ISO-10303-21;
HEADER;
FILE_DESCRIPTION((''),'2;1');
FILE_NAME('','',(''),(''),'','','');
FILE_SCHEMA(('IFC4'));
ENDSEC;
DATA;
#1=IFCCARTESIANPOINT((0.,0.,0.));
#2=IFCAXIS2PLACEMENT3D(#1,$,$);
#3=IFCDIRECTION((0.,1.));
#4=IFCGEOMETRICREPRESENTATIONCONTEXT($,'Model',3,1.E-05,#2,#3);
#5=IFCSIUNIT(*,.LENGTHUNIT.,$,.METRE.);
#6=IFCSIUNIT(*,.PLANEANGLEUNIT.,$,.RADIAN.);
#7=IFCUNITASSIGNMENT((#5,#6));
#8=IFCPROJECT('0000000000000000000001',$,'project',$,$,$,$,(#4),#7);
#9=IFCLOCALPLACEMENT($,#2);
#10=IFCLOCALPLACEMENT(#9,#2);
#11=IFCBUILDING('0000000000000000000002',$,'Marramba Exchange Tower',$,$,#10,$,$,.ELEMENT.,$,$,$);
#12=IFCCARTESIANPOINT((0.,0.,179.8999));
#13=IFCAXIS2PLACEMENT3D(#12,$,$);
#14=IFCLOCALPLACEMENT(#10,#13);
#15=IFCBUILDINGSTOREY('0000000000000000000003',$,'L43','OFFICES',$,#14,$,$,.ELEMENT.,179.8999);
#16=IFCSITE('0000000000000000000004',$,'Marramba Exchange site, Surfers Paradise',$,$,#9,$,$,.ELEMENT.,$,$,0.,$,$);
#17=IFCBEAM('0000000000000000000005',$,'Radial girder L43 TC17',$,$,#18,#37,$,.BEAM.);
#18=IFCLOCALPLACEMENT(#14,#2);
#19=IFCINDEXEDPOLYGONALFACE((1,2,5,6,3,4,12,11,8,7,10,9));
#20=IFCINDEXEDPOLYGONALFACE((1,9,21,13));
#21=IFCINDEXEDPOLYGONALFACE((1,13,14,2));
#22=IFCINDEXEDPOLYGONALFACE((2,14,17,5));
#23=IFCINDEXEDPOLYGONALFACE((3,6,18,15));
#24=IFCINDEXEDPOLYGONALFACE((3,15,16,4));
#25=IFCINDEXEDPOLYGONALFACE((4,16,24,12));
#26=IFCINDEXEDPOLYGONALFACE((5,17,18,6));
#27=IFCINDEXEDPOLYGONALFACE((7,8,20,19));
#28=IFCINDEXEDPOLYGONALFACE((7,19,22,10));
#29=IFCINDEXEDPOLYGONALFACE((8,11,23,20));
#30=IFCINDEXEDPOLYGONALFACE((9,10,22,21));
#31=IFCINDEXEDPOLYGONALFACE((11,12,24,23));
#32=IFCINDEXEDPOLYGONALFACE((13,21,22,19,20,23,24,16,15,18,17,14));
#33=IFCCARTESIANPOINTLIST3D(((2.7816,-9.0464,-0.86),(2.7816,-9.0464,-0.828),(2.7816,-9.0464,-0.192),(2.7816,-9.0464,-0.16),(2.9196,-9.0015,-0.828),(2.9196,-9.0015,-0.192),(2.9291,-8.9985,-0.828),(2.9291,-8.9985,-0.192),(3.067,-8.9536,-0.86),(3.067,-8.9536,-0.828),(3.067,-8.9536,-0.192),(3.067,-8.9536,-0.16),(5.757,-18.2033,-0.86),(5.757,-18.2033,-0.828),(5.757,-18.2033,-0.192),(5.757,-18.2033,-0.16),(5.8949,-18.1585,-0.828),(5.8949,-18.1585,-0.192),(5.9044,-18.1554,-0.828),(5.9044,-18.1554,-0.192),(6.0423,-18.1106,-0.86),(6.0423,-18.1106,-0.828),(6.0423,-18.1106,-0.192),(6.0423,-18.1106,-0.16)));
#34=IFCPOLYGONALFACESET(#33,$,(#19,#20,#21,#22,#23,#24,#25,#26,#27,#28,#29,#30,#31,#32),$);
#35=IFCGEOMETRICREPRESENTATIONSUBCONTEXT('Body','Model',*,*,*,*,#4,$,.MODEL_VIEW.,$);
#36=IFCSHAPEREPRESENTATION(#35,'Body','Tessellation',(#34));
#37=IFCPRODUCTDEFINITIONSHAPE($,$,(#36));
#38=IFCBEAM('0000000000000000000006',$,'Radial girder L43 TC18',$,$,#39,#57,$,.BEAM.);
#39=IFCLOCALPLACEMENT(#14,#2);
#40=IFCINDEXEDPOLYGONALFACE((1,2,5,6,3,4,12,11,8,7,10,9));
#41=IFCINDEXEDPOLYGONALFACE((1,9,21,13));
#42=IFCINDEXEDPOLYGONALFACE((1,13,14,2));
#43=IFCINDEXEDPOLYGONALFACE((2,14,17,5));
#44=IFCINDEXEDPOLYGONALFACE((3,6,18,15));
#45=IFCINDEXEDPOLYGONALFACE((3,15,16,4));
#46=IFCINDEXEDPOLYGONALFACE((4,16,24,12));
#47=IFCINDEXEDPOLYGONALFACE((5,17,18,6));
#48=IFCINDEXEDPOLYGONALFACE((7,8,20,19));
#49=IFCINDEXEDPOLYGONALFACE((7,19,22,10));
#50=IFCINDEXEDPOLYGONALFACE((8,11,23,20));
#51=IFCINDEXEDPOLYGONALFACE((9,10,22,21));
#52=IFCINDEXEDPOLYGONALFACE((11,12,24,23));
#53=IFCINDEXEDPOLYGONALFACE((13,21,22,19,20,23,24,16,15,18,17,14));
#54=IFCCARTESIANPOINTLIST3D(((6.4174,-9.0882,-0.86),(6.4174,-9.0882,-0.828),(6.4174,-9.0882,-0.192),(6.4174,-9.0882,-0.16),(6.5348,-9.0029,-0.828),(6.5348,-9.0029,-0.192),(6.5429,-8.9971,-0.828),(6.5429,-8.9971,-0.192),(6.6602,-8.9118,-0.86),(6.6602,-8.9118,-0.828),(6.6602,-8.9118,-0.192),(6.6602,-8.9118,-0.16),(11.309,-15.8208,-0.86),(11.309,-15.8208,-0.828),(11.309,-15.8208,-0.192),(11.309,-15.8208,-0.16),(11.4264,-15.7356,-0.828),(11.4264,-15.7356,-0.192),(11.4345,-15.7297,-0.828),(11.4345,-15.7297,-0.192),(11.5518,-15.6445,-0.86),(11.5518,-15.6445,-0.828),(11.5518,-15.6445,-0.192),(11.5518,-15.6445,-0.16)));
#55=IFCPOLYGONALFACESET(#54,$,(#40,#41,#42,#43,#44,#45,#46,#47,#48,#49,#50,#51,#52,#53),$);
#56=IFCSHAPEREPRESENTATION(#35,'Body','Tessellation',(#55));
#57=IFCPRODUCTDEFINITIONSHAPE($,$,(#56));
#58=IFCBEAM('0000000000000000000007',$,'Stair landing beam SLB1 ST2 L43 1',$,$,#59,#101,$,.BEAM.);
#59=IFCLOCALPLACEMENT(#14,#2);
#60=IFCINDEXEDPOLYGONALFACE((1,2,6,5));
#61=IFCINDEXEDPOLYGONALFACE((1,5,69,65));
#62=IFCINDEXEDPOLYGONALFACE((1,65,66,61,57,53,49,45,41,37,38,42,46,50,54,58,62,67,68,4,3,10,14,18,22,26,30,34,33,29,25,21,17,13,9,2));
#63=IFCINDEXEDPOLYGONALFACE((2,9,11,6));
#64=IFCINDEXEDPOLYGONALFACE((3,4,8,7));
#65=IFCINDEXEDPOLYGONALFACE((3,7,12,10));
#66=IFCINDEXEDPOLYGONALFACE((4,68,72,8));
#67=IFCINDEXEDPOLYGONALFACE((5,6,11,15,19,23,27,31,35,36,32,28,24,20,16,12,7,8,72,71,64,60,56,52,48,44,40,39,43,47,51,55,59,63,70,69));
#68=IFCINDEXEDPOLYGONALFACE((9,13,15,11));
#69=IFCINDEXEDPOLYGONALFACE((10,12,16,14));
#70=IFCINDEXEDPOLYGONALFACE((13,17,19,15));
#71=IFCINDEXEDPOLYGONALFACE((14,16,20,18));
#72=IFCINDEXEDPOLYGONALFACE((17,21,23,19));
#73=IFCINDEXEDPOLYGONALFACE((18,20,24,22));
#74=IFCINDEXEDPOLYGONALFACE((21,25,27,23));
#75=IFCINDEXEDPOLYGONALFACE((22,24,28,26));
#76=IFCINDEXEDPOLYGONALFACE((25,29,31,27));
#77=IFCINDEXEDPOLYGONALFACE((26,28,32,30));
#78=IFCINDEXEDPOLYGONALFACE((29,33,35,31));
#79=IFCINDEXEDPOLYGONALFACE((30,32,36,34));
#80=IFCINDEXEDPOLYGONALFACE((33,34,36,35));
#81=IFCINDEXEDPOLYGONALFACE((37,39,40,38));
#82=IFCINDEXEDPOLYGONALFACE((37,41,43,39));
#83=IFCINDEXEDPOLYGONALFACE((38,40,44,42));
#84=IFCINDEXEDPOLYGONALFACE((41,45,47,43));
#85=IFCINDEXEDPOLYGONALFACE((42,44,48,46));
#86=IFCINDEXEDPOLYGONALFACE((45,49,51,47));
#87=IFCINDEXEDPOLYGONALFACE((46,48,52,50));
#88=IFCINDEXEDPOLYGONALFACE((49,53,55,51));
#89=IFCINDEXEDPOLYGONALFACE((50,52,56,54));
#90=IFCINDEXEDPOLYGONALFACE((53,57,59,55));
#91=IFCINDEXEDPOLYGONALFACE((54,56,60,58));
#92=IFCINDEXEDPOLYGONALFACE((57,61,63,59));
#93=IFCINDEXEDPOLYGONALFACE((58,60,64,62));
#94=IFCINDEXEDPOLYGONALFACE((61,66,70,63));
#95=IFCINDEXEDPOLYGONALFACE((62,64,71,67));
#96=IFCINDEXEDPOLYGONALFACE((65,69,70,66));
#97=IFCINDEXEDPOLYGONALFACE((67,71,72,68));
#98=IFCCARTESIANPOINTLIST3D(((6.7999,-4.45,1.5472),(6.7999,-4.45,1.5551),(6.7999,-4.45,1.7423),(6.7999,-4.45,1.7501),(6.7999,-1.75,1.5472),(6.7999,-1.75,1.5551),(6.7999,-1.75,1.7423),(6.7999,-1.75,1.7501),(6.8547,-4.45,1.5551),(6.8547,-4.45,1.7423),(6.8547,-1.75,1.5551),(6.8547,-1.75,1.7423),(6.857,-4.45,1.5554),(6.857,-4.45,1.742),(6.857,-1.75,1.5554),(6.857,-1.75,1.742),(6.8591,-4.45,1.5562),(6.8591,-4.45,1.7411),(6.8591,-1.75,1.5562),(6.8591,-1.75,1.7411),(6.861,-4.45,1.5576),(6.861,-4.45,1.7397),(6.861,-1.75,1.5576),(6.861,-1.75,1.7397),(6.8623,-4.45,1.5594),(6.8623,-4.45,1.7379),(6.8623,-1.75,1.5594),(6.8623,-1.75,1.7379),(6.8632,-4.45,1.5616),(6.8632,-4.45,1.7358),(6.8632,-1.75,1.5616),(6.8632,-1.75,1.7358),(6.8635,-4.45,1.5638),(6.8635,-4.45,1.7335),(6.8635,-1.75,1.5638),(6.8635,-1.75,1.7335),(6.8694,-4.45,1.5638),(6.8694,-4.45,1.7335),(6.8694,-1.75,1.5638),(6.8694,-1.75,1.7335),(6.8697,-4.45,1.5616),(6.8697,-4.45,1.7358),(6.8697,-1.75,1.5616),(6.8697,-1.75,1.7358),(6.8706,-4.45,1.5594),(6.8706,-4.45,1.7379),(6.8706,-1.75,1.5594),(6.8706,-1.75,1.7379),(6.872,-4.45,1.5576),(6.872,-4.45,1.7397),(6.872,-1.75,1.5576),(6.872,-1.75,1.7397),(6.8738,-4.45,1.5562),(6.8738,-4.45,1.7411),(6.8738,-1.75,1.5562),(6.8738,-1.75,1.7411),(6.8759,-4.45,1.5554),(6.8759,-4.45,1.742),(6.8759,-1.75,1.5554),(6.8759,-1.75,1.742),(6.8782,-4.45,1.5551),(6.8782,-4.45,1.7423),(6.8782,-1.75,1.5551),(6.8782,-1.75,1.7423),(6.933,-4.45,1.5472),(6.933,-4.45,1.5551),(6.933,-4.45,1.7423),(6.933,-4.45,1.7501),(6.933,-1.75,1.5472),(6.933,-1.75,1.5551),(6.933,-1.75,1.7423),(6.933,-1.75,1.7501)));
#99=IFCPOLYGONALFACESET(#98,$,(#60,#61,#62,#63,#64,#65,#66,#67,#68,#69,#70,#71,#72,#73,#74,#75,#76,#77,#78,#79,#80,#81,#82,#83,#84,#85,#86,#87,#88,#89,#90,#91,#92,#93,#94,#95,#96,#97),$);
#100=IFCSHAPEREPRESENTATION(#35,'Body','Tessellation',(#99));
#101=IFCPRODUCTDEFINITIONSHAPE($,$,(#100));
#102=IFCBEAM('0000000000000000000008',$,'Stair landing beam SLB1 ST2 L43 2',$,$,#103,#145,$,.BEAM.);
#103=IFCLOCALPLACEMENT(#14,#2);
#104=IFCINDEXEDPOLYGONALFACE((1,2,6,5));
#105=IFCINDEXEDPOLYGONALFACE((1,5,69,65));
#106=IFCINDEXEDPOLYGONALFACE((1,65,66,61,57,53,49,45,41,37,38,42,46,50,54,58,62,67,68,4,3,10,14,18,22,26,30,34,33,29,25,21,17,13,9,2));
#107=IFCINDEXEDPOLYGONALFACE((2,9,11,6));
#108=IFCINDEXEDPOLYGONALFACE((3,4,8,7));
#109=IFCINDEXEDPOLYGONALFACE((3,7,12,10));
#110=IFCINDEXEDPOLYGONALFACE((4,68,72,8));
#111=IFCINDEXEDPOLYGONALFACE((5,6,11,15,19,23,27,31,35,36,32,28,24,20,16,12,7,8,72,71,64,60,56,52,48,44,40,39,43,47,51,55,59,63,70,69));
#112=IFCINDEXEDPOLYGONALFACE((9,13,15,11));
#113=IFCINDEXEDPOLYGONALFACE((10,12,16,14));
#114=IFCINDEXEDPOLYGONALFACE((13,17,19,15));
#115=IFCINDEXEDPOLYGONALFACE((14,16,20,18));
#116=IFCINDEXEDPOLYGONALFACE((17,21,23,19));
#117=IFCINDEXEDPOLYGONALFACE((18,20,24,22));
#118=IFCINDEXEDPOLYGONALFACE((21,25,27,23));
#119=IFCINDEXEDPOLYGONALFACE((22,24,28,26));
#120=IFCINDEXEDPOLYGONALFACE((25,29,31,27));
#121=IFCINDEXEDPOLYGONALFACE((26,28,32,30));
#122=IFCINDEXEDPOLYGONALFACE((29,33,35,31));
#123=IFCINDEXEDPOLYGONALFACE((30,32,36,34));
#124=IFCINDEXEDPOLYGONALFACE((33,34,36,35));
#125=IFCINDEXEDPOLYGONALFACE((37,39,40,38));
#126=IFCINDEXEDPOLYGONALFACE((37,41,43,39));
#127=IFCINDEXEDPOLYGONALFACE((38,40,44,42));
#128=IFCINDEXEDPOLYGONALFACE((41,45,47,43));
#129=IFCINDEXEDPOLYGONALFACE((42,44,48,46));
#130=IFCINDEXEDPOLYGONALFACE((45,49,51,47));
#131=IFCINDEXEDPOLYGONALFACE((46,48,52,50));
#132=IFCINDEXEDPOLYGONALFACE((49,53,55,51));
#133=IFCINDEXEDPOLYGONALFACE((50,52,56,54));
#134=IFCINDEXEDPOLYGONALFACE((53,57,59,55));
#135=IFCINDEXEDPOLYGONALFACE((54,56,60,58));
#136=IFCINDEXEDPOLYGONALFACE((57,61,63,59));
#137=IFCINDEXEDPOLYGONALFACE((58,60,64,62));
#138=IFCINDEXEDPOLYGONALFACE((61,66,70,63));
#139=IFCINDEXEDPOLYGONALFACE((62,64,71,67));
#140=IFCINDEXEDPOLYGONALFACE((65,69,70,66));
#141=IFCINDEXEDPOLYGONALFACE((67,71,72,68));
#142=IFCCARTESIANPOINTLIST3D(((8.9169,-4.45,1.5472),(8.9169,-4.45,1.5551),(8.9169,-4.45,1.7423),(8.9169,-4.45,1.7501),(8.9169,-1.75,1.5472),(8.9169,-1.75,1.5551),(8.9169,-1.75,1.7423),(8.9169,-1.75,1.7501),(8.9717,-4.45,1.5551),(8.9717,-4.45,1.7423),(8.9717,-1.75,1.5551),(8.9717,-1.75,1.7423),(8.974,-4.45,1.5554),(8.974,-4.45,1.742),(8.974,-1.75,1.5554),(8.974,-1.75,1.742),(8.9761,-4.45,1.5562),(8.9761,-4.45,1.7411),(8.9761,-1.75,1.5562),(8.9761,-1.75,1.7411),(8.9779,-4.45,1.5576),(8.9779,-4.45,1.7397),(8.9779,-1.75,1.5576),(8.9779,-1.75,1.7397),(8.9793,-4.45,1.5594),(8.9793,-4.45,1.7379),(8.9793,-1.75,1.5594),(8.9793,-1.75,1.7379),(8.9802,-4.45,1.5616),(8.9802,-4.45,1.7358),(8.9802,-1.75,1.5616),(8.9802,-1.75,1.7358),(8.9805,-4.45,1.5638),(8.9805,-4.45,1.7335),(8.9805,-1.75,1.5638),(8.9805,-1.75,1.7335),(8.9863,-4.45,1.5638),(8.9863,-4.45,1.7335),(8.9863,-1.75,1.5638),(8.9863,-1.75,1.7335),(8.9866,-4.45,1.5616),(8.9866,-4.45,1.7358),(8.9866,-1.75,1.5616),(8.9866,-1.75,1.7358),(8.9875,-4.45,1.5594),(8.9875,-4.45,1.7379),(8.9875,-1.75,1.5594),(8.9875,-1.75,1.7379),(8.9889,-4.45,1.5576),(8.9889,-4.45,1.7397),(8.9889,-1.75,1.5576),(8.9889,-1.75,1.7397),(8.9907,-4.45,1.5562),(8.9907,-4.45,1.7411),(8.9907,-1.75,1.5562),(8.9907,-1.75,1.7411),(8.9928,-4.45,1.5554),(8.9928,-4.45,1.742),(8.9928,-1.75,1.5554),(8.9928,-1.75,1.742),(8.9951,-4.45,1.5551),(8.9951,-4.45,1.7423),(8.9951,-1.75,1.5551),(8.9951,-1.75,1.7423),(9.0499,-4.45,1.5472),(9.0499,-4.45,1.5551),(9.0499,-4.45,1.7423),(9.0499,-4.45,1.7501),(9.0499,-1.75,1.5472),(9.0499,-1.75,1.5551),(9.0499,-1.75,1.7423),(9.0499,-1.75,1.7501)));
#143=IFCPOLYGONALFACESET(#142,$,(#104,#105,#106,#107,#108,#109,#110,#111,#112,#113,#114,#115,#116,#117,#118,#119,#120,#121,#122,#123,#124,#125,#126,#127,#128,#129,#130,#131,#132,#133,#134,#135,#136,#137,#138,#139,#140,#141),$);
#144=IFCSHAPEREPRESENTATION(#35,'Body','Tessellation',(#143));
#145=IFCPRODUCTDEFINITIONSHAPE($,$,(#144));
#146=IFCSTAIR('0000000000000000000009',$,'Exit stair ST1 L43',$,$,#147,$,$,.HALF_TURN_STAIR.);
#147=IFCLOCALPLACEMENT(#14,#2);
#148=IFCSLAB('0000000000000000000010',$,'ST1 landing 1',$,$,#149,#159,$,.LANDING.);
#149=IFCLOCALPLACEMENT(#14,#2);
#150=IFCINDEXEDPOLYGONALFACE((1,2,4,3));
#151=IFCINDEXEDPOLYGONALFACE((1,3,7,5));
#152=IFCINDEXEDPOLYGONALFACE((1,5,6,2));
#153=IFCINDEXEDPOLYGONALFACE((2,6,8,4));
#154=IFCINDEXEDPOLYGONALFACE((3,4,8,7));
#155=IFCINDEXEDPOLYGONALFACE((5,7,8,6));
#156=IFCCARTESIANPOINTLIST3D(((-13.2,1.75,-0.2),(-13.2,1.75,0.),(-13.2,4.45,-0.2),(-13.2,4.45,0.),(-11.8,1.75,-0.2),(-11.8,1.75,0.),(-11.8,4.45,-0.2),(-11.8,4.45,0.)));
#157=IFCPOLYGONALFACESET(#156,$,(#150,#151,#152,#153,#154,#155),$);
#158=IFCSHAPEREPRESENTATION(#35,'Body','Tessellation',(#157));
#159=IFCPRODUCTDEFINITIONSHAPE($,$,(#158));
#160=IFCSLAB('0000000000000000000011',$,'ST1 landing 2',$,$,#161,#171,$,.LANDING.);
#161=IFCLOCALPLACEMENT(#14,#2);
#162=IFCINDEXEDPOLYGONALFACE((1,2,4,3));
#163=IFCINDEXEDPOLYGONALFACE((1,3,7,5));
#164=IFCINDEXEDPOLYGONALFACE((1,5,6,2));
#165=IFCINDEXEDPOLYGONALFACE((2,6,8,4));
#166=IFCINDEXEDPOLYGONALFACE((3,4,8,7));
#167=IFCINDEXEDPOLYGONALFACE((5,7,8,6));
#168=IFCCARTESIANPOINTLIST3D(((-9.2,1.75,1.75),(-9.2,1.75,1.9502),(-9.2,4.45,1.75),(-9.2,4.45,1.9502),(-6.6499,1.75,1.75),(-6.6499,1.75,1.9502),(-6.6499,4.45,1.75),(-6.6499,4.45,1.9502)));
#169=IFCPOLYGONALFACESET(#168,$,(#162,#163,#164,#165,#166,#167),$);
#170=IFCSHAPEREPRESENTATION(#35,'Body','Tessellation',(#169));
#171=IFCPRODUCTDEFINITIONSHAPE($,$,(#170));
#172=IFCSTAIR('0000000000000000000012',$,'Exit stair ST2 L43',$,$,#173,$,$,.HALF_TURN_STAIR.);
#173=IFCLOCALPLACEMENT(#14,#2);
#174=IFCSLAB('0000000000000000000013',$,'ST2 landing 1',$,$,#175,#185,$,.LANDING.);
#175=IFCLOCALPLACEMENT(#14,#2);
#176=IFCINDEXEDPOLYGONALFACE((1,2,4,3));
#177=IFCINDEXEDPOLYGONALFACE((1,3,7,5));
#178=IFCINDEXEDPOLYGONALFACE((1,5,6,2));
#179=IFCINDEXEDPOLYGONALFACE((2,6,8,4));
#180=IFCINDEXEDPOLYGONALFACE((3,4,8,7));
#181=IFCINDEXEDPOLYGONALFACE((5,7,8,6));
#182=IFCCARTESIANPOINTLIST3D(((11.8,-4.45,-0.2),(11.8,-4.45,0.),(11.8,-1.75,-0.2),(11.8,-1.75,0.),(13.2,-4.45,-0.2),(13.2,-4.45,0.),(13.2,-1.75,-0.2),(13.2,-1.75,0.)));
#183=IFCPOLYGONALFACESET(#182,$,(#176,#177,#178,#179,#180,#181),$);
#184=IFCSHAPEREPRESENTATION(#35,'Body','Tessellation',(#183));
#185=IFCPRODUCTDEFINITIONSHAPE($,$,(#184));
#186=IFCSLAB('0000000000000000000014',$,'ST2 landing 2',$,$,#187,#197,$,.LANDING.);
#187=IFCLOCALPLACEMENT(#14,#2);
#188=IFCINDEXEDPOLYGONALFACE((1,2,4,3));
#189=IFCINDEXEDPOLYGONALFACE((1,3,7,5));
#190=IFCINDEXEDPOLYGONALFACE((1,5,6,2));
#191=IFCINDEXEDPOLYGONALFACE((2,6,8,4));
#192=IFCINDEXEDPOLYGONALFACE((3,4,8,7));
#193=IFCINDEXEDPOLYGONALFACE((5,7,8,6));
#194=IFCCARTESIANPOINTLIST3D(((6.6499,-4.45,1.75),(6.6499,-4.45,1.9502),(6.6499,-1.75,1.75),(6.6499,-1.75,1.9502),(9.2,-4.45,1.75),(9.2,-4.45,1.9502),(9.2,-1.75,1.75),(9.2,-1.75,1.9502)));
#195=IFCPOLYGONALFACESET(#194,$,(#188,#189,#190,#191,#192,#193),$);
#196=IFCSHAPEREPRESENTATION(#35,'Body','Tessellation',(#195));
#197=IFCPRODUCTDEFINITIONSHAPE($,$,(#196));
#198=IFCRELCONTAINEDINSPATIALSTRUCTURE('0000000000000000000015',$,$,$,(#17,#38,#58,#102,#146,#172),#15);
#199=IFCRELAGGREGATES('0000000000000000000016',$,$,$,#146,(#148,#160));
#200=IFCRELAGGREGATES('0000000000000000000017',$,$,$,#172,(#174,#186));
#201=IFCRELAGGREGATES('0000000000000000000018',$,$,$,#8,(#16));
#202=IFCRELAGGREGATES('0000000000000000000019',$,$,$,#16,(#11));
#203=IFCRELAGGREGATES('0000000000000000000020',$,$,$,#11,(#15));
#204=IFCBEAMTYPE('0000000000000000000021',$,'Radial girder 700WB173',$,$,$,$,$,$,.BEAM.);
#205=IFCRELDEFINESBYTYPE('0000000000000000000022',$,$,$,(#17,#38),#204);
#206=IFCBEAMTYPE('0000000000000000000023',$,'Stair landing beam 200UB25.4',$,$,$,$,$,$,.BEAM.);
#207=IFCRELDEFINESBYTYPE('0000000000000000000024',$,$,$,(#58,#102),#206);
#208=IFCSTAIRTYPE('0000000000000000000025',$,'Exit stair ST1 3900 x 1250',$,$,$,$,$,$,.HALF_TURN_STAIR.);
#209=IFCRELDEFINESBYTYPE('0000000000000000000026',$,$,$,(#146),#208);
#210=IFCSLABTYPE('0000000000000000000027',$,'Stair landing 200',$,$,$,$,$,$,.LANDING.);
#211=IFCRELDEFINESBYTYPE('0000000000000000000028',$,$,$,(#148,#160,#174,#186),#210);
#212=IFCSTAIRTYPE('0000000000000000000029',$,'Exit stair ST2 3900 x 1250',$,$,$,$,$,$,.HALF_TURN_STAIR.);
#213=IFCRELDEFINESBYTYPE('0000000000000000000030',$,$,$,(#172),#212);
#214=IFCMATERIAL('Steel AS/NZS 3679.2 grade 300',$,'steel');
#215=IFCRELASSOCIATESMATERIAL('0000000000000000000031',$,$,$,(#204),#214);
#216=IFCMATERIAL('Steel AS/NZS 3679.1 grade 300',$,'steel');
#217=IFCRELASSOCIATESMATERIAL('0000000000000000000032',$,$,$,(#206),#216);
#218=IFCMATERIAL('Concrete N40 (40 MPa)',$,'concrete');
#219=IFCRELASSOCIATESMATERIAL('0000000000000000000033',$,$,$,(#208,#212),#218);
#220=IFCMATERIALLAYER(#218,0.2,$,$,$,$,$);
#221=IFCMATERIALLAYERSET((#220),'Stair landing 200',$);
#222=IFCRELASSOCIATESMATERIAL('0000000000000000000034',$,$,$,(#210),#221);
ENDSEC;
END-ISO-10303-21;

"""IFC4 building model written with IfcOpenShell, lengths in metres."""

from ifc_helpers import new_model, si_unit, direction, frame, origin, origin_2d, place, context, subcontext, project, spatial, polyline, i_section, outline, extrude, material, layer, layer_set, material_profile, profile_set, type_object, element, aggregate, save


model = new_model("IFC4")

# Units and contexts
model_context = context("Model", 3, precision=1e-05, world=origin(), true_north=direction((0.0, 1.0)))
body_context = subcontext(model_context, "Body", "Model", "MODEL_VIEW")
ifc_project = project(units=[si_unit("LENGTHUNIT", "METRE"), si_unit("PLANEANGLEUNIT", "RADIAN")], contexts=[model_context])

# Site, building, storey
site_placement = place(None, origin())
site = spatial("IfcSite", under=ifc_project, at=site_placement, Name="Marramba Exchange site, Surfers Paradise", CompositionType="ELEMENT", RefElevation=0.0)
building_placement = place(site_placement, origin())
building = spatial("IfcBuilding", under=site, at=building_placement, Name="Marramba Exchange Tower", CompositionType="ELEMENT")
storey_placement = place(building_placement, frame((0.0, 0.0, 179.8999)))
storey = spatial("IfcBuildingStorey", under=building, at=storey_placement, Name="L43", Description="OFFICES", CompositionType="ELEMENT", Elevation=179.8999)

# Beams
ifc_material_1 = material(Name="Steel AS/NZS 3679.2 grade 300", Category="steel")
ifc_material_profile_1 = material_profile(ifc_material_1, i_section(OverallWidth=0.3, OverallDepth=0.7, WebThickness=0.01, FlangeThickness=0.032, at=origin_2d()), Name="700WB173")
ifc_profile_set_1 = profile_set([ifc_material_profile_1], Name="Steel AS/NZS 3679.2 grade 300")
beam_type_1 = type_object("IfcBeamType", Name="Radial girder 700WB173", PredefinedType="BEAM", material=ifc_profile_set_1)
beam_1_placement = place(storey_placement, frame((2.9243, -9.0, -0.51), z_axis=(0.309022, -0.951055, 0.0), x_axis=(0.951055, 0.309022, 0.0)))
element("IfcBeam", 1, at=beam_1_placement, inside=storey, type_object=beam_type_1, Name="Radial girder L43 TC17", PredefinedType="BEAM", context=body_context, shape_type="SweptSolid", body=[
    extrude(i_section(OverallWidth=0.3, OverallDepth=0.7, WebThickness=0.01, FlangeThickness=0.032, at=origin_2d()), origin(), (0.0, 0.0, 1.0), 9.6282),
])
beam_2_placement = place(storey_placement, frame((6.5388, -9.0, -0.51), z_axis=(0.587788, -0.809015, 0.0), x_axis=(0.809015, 0.587788, 0.0)))
element("IfcBeam", 2, at=beam_2_placement, inside=storey, type_object=beam_type_1, Name="Radial girder L43 TC18", PredefinedType="BEAM", context=body_context, shape_type="SweptSolid", body=[
    extrude(i_section(OverallWidth=0.3, OverallDepth=0.7, WebThickness=0.01, FlangeThickness=0.032, at=origin_2d()), origin(), (0.0, 0.0, 1.0), 8.322),
])
ifc_material_2 = material(Name="Steel AS/NZS 3679.1 grade 300", Category="steel")
ifc_material_profile_2 = material_profile(ifc_material_2, i_section(OverallWidth=0.1331, OverallDepth=0.2029, WebThickness=0.0059, FlangeThickness=0.0078, FilletRadius=0.0088, at=origin_2d()), Name="200UB25.4")
ifc_profile_set_2 = profile_set([ifc_material_profile_2], Name="Steel AS/NZS 3679.1 grade 300")
beam_type_2 = type_object("IfcBeamType", Name="Stair landing beam 200UB25.4", PredefinedType="BEAM", material=ifc_profile_set_2)
for number, where, z_axis, x_axis, name in (
    (3, (6.8665, -4.45, 1.6487), (0.0, 1.0, 0.0), (-1.0, 0.0, 0.0), "Stair landing beam SLB1 ST2 L43 1"),
    (4, (8.9834, -4.45, 1.6487), (0.0, 1.0, 0.0), (-1.0, 0.0, 0.0), "Stair landing beam SLB1 ST2 L43 2"),
):
    element("IfcBeam", number, at=place(storey_placement, frame(where, z_axis=z_axis, x_axis=x_axis)), inside=storey, type_object=beam_type_2, Name=name, PredefinedType="BEAM", context=body_context, shape_type="SweptSolid", body=[
        extrude(i_section(OverallWidth=0.1331, OverallDepth=0.2029, WebThickness=0.0059, FlangeThickness=0.0078, FilletRadius=0.0088, at=origin_2d()), origin(), (0.0, 0.0, 1.0), 2.7),
    ])

# Stairs, slabs
ifc_material_3 = material(Name="Concrete N40 (40 MPa)", Category="concrete")
stair_type_1 = type_object("IfcStairType", Name="Exit stair ST1 3900 x 1250", PredefinedType="HALF_TURN_STAIR", material=ifc_material_3)
stair_1_placement = place(storey_placement, origin())
stair_1 = element("IfcStair", 5, at=stair_1_placement, inside=storey, type_object=stair_type_1, Name="Exit stair ST1 L43", PredefinedType="HALF_TURN_STAIR")
ifc_layer_1 = layer(ifc_material_3, 0.2)
ifc_layer_set_1 = layer_set([ifc_layer_1], Name="Stair landing 200")
slab_type = type_object("IfcSlabType", Name="Stair landing 200", PredefinedType="LANDING", material=ifc_layer_set_1)
slab_1_placement = place(storey_placement, frame((0.0, 0.0, -0.2)))
slab_1 = element("IfcSlab", 6, at=slab_1_placement, type_object=slab_type, Name="ST1 landing 1", PredefinedType="LANDING", context=body_context, shape_type="SweptSolid", body=[
    extrude(outline(polyline([(-13.2, 1.75), (-11.8, 1.75), (-11.8, 4.45), (-13.2, 4.45), (-13.2, 1.75)])), origin(), (0.0, 0.0, 1.0), 0.2),
])
slab_2_placement = place(storey_placement, frame((0.0, 0.0, 1.75)))
slab_2 = element("IfcSlab", 7, at=slab_2_placement, type_object=slab_type, Name="ST1 landing 2", PredefinedType="LANDING", context=body_context, shape_type="SweptSolid", body=[
    extrude(outline(polyline([(-9.2, 1.75), (-6.6499, 1.75), (-6.6499, 4.45), (-9.2, 4.45), (-9.2, 1.75)])), origin(), (0.0, 0.0, 1.0), 0.2002),
])
aggregate(stair_1, [slab_1, slab_2])
stair_type_2 = type_object("IfcStairType", Name="Exit stair ST2 3900 x 1250", PredefinedType="HALF_TURN_STAIR", material=ifc_material_3)
stair_2_placement = place(storey_placement, origin())
stair_2 = element("IfcStair", 8, at=stair_2_placement, inside=storey, type_object=stair_type_2, Name="Exit stair ST2 L43", PredefinedType="HALF_TURN_STAIR")
slab_3_placement = place(storey_placement, frame((0.0, 0.0, -0.2)))
slab_3 = element("IfcSlab", 9, at=slab_3_placement, type_object=slab_type, Name="ST2 landing 1", PredefinedType="LANDING", context=body_context, shape_type="SweptSolid", body=[
    extrude(outline(polyline([(11.8, -4.45), (13.2, -4.45), (13.2, -1.75), (11.8, -1.75), (11.8, -4.45)])), origin(), (0.0, 0.0, 1.0), 0.2),
])
slab_4_placement = place(storey_placement, frame((0.0, 0.0, 1.75)))
slab_4 = element("IfcSlab", 10, at=slab_4_placement, type_object=slab_type, Name="ST2 landing 2", PredefinedType="LANDING", context=body_context, shape_type="SweptSolid", body=[
    extrude(outline(polyline([(6.6499, -4.45), (9.2, -4.45), (9.2, -1.75), (6.6499, -1.75), (6.6499, -4.45)])), origin(), (0.0, 0.0, 1.0), 0.2002),
])

aggregate(stair_2, [slab_3, slab_4])

save(model, "model.ifc")
